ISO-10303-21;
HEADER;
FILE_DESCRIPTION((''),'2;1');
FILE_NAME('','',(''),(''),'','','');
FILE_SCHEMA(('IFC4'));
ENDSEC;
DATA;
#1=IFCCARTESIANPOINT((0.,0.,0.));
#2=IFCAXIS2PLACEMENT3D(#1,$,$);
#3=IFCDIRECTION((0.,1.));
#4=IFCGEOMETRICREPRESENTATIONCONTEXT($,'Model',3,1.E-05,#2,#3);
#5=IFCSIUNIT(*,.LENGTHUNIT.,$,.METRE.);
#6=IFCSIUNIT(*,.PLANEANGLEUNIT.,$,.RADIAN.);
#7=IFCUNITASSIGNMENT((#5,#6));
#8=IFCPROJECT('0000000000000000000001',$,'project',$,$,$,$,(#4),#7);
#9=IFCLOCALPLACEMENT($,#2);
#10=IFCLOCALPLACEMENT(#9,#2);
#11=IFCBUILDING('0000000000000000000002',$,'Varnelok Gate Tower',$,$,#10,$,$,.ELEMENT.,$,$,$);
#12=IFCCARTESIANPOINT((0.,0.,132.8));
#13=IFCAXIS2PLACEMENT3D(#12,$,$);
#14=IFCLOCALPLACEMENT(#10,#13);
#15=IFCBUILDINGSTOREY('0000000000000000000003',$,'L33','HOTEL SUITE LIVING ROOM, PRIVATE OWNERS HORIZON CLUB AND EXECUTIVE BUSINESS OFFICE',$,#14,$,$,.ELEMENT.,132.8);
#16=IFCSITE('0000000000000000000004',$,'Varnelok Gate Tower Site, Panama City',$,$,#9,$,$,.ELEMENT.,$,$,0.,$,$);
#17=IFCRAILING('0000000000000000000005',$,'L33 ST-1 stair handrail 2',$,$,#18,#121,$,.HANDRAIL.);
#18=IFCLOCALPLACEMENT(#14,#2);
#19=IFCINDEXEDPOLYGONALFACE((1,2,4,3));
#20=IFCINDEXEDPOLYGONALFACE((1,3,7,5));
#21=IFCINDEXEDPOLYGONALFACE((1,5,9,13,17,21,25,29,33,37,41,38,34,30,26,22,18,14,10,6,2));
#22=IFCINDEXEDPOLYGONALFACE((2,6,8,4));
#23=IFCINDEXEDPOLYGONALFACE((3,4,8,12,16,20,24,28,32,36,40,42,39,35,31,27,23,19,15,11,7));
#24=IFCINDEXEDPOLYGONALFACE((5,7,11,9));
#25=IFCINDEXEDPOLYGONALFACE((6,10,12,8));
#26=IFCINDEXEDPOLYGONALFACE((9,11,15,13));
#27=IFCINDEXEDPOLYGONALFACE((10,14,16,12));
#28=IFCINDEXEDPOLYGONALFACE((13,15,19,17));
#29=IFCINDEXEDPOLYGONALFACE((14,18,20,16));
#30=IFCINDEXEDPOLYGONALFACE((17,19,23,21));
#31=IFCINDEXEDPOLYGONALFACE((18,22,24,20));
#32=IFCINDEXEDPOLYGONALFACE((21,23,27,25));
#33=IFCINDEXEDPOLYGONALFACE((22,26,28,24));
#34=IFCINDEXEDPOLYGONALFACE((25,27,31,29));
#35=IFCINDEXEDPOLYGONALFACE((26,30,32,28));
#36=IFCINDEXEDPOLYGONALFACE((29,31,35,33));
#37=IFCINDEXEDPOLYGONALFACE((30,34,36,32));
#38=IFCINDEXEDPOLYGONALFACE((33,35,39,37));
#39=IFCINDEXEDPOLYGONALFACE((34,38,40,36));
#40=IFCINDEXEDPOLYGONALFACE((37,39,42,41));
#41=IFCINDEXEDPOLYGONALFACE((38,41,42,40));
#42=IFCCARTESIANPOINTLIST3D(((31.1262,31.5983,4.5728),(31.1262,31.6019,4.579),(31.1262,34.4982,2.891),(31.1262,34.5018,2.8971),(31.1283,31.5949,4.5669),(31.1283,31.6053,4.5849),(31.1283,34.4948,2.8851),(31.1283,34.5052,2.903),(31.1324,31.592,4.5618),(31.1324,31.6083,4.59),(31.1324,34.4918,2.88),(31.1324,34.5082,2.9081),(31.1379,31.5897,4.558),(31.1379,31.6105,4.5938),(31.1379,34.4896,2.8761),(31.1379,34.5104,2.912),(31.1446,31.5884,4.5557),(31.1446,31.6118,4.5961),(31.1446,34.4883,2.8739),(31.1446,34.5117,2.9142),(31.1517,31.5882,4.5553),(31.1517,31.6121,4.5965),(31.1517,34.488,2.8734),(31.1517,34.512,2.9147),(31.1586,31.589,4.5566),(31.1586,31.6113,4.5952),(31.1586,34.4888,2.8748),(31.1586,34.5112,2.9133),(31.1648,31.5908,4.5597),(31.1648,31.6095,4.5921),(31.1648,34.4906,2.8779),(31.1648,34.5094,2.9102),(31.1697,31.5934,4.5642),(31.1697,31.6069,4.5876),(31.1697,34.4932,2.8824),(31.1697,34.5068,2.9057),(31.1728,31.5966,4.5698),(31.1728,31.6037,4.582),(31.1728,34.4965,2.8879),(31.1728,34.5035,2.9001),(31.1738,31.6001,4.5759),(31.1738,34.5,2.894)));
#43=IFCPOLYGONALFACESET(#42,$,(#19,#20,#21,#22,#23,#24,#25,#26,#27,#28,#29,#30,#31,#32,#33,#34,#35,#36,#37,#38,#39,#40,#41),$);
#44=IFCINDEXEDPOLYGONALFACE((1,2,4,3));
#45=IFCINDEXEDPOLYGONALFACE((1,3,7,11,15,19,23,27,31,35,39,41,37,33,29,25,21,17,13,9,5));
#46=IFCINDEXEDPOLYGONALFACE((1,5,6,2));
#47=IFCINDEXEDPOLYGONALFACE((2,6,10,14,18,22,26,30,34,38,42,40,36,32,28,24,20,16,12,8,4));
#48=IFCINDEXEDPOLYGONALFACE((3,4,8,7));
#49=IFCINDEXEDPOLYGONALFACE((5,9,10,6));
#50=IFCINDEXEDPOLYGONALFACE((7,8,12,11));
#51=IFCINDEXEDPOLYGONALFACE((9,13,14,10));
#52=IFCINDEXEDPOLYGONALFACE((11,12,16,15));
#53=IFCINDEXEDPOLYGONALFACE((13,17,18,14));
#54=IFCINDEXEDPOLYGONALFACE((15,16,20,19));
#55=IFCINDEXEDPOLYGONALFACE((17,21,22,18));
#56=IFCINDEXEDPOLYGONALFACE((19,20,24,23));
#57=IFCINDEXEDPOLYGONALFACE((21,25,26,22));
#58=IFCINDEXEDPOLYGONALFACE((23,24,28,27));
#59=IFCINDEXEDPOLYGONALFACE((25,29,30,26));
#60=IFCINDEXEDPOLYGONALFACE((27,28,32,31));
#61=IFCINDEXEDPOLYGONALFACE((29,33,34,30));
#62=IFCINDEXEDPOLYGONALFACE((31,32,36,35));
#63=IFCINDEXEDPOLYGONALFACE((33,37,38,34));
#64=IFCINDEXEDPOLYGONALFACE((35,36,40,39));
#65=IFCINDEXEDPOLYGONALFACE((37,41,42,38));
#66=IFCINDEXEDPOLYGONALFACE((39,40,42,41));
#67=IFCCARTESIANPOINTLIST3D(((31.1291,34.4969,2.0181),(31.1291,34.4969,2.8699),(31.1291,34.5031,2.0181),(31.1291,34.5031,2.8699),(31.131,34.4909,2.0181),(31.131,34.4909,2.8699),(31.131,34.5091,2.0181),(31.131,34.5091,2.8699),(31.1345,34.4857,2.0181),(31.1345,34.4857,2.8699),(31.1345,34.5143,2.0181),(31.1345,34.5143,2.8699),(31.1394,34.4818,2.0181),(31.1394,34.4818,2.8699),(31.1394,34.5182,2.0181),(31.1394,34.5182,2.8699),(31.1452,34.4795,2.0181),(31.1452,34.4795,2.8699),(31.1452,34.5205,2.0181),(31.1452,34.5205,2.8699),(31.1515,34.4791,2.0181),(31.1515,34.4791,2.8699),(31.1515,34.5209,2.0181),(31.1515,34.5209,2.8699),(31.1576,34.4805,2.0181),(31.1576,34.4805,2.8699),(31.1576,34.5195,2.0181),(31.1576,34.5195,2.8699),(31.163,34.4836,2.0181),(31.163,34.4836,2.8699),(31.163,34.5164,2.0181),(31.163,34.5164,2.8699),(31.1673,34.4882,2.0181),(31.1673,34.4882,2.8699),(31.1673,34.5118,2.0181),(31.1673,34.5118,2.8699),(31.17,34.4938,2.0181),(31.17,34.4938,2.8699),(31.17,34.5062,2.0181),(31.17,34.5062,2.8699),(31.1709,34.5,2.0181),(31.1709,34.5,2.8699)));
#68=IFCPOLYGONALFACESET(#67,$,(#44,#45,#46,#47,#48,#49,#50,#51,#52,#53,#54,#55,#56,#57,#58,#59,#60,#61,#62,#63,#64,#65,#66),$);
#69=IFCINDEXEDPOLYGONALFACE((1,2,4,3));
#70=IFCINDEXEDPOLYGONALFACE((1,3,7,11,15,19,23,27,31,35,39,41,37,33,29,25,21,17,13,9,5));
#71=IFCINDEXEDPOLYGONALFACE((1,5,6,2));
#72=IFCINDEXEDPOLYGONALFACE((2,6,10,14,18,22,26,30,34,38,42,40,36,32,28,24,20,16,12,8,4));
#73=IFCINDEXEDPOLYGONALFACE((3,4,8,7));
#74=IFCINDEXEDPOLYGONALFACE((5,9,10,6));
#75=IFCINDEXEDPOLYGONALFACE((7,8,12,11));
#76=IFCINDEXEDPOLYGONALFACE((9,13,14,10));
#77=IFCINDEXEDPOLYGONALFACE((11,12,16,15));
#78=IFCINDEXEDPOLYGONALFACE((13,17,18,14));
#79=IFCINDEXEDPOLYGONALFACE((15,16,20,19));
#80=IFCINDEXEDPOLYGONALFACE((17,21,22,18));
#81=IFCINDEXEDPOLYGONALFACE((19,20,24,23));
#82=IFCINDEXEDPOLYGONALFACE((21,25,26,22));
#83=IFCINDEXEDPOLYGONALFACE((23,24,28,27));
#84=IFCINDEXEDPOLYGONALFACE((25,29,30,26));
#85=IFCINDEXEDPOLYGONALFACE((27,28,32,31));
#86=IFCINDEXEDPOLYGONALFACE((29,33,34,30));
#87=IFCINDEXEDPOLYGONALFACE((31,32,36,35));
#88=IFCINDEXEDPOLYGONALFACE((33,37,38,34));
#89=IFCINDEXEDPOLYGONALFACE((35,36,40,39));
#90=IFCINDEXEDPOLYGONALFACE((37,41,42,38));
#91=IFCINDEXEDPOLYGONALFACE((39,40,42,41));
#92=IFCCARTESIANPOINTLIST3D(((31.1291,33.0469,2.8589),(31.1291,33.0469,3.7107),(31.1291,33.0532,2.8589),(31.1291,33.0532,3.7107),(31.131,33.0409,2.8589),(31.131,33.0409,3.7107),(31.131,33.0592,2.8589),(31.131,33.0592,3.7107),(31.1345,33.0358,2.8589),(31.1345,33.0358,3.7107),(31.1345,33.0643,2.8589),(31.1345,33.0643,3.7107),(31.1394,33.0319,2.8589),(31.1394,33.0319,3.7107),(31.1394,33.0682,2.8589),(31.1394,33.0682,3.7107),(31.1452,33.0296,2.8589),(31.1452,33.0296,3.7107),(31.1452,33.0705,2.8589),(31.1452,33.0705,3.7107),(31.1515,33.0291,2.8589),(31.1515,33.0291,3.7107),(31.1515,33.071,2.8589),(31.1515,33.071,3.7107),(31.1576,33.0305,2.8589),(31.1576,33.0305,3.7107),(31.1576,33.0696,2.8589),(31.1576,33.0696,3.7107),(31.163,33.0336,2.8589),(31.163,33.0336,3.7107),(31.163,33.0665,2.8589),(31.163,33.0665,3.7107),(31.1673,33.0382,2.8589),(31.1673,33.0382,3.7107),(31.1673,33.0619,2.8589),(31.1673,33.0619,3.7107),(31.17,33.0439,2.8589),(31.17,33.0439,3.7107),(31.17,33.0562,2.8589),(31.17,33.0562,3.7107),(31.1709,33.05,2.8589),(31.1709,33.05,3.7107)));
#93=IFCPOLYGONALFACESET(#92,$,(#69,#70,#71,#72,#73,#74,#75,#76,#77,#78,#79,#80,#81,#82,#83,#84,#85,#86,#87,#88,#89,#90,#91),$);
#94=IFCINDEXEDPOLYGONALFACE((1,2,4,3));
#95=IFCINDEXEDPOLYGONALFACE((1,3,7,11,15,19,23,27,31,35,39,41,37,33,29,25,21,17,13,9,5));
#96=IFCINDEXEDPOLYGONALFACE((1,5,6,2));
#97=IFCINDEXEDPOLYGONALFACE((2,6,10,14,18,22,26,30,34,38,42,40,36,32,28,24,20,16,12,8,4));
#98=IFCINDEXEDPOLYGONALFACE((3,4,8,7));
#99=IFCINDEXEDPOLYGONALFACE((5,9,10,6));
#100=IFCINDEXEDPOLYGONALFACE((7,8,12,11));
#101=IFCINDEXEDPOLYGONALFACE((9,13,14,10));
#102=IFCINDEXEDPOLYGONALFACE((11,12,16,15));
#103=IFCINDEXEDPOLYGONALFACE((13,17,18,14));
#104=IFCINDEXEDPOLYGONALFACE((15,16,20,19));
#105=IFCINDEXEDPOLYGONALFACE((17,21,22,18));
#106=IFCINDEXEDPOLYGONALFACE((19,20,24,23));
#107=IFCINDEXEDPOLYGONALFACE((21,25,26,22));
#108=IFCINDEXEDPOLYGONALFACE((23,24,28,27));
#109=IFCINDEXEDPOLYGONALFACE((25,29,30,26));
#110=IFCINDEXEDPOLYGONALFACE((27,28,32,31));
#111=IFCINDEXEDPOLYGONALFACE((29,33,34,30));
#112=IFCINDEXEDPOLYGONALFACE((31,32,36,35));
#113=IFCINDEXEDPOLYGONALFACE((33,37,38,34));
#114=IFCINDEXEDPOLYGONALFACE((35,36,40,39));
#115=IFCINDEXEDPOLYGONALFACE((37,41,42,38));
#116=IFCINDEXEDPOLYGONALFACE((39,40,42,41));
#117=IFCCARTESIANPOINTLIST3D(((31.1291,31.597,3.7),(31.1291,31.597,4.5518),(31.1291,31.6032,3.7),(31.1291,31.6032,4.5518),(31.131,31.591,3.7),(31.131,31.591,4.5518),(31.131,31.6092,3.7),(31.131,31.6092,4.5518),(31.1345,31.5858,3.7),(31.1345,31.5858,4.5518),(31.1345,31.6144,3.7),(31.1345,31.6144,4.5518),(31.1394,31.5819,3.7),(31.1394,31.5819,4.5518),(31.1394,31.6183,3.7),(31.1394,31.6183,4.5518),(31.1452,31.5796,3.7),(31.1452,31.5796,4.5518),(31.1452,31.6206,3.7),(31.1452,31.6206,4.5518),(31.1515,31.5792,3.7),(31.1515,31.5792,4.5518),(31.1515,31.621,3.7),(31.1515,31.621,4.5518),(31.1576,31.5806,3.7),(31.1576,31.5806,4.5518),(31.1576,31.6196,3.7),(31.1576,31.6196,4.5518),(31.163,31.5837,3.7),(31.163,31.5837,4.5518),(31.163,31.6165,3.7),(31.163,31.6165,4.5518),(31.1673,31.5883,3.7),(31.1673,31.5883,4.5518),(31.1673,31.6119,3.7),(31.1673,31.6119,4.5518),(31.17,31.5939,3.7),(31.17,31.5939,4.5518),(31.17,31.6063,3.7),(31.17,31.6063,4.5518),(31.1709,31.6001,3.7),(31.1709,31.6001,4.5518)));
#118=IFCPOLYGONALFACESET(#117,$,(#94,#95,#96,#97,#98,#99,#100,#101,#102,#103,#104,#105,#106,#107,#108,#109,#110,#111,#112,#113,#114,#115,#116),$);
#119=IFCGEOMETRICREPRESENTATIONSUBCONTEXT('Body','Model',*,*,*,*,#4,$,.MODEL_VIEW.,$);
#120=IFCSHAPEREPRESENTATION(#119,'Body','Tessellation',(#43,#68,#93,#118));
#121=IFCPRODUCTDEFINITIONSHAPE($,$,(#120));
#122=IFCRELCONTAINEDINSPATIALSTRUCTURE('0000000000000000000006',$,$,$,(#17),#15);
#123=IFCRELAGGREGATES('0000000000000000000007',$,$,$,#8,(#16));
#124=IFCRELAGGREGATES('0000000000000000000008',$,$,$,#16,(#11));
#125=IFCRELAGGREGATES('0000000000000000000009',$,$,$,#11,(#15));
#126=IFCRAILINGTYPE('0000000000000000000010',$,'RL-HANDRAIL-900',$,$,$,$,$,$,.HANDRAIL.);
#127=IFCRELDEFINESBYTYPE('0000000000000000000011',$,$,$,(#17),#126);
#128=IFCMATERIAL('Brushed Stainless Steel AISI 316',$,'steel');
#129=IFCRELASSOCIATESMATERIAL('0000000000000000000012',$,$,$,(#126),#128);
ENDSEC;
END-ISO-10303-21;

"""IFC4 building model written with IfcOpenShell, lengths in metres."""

from ifc_helpers import new_model, si_unit, direction, frame, origin, origin_2d, place, context, subcontext, project, spatial, circle, extrude, material, type_object, element, save


model = new_model("IFC4")

# Units and contexts
model_context = context("Model", 3, precision=1e-05, world=origin(), true_north=direction((0.0, 1.0)))
body_context = subcontext(model_context, "Body", "Model", "MODEL_VIEW")
ifc_project = project(units=[si_unit("LENGTHUNIT", "METRE"), si_unit("PLANEANGLEUNIT", "RADIAN")], contexts=[model_context])

# Site, building, storey
site_placement = place(None, origin())
site = spatial("IfcSite", under=ifc_project, at=site_placement, Name="Varnelok Gate Tower Site, Panama City", CompositionType="ELEMENT", RefElevation=0.0)
building_placement = place(site_placement, origin())
building = spatial("IfcBuilding", under=site, at=building_placement, Name="Varnelok Gate Tower", CompositionType="ELEMENT")
storey_placement = place(building_placement, frame((0.0, 0.0, 132.8)))
storey = spatial("IfcBuildingStorey", under=building, at=storey_placement, Name="L33", Description="HOTEL SUITE LIVING ROOM, PRIVATE OWNERS HORIZON CLUB AND EXECUTIVE BUSINESS OFFICE", CompositionType="ELEMENT", Elevation=132.8)

# Railing
ifc_material_1 = material(Name="Brushed Stainless Steel AISI 316", Category="steel")
railing_type_1 = type_object("IfcRailingType", Name="RL-HANDRAIL-900", PredefinedType="HANDRAIL", material=ifc_material_1)
railing_1_placement = place(storey_placement, frame((31.1499, 34.5, 2.0181)))
element("IfcRailing", 1, at=railing_1_placement, inside=storey, type_object=railing_type_1, Name="L33 ST-1 stair handrail 2", PredefinedType="HANDRAIL", context=body_context, shape_type="SweptSolid", body=[
    extrude(circle(Radius=0.0239, at=origin_2d()), frame((0.0, 0.0, 0.876), z_axis=(0.0, -0.865039, 0.501705), x_axis=(1.0, 0.0, 0.0)), (0.0, 0.0, 1.0), 3.3523),
    extrude(circle(Radius=0.021, at=origin_2d()), origin(), (0.0, 0.0, 1.0), 0.8518),
    extrude(circle(Radius=0.021, at=origin_2d()), frame((0.0, -1.45, 0.8408)), (0.0, 0.0, 1.0), 0.8518),
    extrude(circle(Radius=0.021, at=origin_2d()), frame((0.0, -2.8999, 1.6819)), (0.0, 0.0, 1.0), 0.8518),
])

save(model, "model.ifc")
